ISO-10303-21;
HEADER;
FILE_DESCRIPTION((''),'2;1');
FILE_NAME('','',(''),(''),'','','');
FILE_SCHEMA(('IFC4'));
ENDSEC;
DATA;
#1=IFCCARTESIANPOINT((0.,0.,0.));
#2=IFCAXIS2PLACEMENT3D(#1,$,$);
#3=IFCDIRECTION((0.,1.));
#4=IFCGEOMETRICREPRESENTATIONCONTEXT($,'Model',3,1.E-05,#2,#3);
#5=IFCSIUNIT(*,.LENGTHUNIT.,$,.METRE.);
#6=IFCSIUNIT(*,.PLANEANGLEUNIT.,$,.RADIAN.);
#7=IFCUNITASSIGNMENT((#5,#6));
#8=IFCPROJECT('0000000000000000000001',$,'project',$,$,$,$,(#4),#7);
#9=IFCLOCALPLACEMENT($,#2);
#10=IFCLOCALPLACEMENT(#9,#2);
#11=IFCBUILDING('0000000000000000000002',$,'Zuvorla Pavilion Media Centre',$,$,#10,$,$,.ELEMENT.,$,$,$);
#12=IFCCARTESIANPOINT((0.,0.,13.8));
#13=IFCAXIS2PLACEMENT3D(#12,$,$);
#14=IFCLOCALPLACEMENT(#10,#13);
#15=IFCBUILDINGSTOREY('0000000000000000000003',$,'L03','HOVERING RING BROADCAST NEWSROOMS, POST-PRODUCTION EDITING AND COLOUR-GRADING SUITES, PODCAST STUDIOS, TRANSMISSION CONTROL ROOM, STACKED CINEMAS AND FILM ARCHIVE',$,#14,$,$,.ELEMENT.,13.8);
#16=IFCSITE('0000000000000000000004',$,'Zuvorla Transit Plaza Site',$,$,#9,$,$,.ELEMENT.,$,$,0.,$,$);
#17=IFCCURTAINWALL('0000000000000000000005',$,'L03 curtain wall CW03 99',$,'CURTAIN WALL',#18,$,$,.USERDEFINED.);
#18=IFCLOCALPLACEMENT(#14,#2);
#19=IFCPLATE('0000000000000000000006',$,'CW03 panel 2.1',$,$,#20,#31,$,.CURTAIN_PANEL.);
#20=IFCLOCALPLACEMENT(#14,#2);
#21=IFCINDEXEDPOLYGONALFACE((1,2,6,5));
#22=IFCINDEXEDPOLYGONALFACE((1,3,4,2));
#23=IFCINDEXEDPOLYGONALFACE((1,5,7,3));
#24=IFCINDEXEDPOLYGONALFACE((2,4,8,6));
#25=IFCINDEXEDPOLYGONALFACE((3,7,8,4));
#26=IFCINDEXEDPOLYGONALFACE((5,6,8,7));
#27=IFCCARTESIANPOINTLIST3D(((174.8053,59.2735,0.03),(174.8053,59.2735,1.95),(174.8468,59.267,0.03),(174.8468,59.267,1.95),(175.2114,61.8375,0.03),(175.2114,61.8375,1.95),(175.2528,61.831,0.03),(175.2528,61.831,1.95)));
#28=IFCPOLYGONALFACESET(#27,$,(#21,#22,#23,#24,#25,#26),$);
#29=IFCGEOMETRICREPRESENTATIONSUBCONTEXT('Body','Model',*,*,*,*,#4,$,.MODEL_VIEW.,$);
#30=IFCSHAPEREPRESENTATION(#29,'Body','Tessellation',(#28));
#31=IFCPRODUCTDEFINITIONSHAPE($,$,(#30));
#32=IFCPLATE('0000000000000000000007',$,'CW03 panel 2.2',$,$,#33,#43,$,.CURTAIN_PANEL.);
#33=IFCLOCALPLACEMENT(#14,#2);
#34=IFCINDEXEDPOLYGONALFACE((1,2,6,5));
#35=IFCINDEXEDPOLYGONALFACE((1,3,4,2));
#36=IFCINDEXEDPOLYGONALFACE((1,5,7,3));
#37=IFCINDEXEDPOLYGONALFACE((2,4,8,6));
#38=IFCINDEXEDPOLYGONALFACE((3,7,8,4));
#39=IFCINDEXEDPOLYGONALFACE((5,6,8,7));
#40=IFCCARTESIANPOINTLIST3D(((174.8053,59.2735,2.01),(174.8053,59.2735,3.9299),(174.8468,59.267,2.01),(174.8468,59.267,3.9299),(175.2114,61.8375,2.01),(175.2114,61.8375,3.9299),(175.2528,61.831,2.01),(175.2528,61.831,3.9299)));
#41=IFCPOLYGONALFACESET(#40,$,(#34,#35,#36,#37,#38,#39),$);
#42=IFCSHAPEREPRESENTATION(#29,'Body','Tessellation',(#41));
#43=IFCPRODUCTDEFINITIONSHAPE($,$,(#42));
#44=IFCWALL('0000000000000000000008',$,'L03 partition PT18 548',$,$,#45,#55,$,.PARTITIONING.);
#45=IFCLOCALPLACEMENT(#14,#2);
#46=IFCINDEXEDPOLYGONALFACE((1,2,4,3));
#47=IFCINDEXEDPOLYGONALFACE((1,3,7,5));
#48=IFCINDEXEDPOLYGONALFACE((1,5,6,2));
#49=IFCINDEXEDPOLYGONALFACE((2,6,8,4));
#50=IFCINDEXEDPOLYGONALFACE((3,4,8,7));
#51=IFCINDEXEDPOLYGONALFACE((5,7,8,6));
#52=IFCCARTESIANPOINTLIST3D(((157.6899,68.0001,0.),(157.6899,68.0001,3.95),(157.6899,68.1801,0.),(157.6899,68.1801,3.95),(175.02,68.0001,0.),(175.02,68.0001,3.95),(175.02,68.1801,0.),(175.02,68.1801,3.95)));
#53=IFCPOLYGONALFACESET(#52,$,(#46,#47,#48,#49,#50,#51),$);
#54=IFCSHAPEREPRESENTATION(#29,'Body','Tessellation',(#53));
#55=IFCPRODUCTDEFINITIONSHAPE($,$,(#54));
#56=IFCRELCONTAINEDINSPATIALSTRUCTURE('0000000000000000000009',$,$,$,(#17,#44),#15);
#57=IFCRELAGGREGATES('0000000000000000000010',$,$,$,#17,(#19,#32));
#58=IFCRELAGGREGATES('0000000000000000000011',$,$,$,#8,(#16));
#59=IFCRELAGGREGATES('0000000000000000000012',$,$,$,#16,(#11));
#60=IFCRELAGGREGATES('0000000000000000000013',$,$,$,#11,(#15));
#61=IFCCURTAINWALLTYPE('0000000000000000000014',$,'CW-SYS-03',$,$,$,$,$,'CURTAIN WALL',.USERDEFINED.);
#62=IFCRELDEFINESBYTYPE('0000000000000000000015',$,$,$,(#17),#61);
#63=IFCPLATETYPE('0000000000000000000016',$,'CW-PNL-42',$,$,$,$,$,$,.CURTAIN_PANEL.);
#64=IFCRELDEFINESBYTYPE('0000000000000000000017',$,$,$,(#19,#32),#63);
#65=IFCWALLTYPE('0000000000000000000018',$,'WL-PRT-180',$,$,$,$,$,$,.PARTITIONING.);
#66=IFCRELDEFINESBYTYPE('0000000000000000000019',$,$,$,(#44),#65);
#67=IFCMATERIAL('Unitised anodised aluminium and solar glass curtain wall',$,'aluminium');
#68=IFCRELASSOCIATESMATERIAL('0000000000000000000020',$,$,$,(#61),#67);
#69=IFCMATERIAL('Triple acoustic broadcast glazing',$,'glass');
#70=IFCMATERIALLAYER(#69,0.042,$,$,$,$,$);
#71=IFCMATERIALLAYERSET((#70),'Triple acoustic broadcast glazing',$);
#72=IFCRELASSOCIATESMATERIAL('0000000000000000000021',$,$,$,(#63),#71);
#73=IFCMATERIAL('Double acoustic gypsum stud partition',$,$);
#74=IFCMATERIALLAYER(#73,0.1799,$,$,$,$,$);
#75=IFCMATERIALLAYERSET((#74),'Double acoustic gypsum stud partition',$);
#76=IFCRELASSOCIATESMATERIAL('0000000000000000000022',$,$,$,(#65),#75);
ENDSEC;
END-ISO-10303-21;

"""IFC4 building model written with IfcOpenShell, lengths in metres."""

from ifc_helpers import new_model, si_unit, direction, frame, frame_2d, origin, origin_2d, place, context, subcontext, project, spatial, rectangle, extrude, material, layer, layer_set, type_object, element, aggregate, save


model = new_model("IFC4")

# Units and contexts
model_context = context("Model", 3, precision=1e-05, world=origin(), true_north=direction((0.0, 1.0)))
body_context = subcontext(model_context, "Body", "Model", "MODEL_VIEW")
ifc_project = project(units=[si_unit("LENGTHUNIT", "METRE"), si_unit("PLANEANGLEUNIT", "RADIAN")], contexts=[model_context])

# Site, building, storey
site_placement = place(None, origin())
site = spatial("IfcSite", under=ifc_project, at=site_placement, Name="Zuvorla Transit Plaza Site", CompositionType="ELEMENT", RefElevation=0.0)
building_placement = place(site_placement, origin())
building = spatial("IfcBuilding", under=site, at=building_placement, Name="Zuvorla Pavilion Media Centre", CompositionType="ELEMENT")
storey_placement = place(building_placement, frame((0.0, 0.0, 13.8)))
storey = spatial("IfcBuildingStorey", under=building, at=storey_placement, Name="L03", Description="HOVERING RING BROADCAST NEWSROOMS, POST-PRODUCTION EDITING AND COLOUR-GRADING SUITES, PODCAST STUDIOS, TRANSMISSION CONTROL ROOM, STACKED CINEMAS AND FILM ARCHIVE", CompositionType="ELEMENT", Elevation=13.8)

# Curtain wall
ifc_material_1 = material(Name="Unitised anodised aluminium and solar glass curtain wall", Category="aluminium")
curtain_wall_type_1 = type_object("IfcCurtainWallType", Name="CW-SYS-03", ElementType="CURTAIN WALL", PredefinedType="USERDEFINED", material=ifc_material_1)
curtain_wall_1_placement = place(storey_placement, origin())
curtain_wall_1 = element("IfcCurtainWall", 1, at=curtain_wall_1_placement, inside=storey, type_object=curtain_wall_type_1, Name="L03 curtain wall CW03 99", ObjectType="CURTAIN WALL", PredefinedType="USERDEFINED")

# Plates
ifc_material_2 = material(Name="Triple acoustic broadcast glazing", Category="glass")
ifc_layer_1 = layer(ifc_material_2, 0.042)
ifc_layer_set_1 = layer_set([ifc_layer_1], Name="Triple acoustic broadcast glazing")
plate_type_1 = type_object("IfcPlateType", Name="CW-PNL-42", PredefinedType="CURTAIN_PANEL", material=ifc_layer_set_1)
plate_1_placement = place(storey_placement, frame((175.0291, 60.5522, 0.03), z_axis=(0.0, 0.0, 1.0), x_axis=(0.156429, 0.987689, 0.0)))
plate_1 = element("IfcPlate", 2, at=plate_1_placement, type_object=plate_type_1, Name="CW03 panel 2.1", PredefinedType="CURTAIN_PANEL", context=body_context, shape_type="SweptSolid", body=[
    extrude(rectangle(XDim=2.5959, YDim=0.042, at=origin_2d()), origin(), (0.0, 0.0, 1.0), 1.9199),
])
plate_2_placement = place(storey_placement, frame((175.0291, 60.5522, 2.01), z_axis=(0.0, 0.0, 1.0), x_axis=(0.156429, 0.987689, 0.0)))
plate_2 = element("IfcPlate", 3, at=plate_2_placement, type_object=plate_type_1, Name="CW03 panel 2.2", PredefinedType="CURTAIN_PANEL", context=body_context, shape_type="SweptSolid", body=[
    extrude(rectangle(XDim=2.5959, YDim=0.042, at=origin_2d()), origin(), (0.0, 0.0, 1.0), 1.9199),
])
aggregate(curtain_wall_1, [plate_1, plate_2])

# Wall
ifc_material_3 = material(Name="Double acoustic gypsum stud partition")
ifc_layer_2 = layer(ifc_material_3, 0.1799)
ifc_layer_set_2 = layer_set([ifc_layer_2], Name="Double acoustic gypsum stud partition")
wall_type = type_object("IfcWallType", Name="WL-PRT-180", PredefinedType="PARTITIONING", material=ifc_layer_set_2)
wall_placement = place(storey_placement, frame((175.02, 68.0901, 0.0), z_axis=(0.0, 0.0, 1.0), x_axis=(-1.0, 0.0, 0.0)))
element("IfcWall", 4, at=wall_placement, inside=storey, type_object=wall_type, Name="L03 partition PT18 548", PredefinedType="PARTITIONING", context=body_context, shape_type="SweptSolid", body=[
    extrude(rectangle(XDim=17.3301, YDim=0.1799, at=frame_2d((8.665, 0.0))), origin(), (0.0, 0.0, 1.0), 3.95),
])

save(model, "model.ifc")
